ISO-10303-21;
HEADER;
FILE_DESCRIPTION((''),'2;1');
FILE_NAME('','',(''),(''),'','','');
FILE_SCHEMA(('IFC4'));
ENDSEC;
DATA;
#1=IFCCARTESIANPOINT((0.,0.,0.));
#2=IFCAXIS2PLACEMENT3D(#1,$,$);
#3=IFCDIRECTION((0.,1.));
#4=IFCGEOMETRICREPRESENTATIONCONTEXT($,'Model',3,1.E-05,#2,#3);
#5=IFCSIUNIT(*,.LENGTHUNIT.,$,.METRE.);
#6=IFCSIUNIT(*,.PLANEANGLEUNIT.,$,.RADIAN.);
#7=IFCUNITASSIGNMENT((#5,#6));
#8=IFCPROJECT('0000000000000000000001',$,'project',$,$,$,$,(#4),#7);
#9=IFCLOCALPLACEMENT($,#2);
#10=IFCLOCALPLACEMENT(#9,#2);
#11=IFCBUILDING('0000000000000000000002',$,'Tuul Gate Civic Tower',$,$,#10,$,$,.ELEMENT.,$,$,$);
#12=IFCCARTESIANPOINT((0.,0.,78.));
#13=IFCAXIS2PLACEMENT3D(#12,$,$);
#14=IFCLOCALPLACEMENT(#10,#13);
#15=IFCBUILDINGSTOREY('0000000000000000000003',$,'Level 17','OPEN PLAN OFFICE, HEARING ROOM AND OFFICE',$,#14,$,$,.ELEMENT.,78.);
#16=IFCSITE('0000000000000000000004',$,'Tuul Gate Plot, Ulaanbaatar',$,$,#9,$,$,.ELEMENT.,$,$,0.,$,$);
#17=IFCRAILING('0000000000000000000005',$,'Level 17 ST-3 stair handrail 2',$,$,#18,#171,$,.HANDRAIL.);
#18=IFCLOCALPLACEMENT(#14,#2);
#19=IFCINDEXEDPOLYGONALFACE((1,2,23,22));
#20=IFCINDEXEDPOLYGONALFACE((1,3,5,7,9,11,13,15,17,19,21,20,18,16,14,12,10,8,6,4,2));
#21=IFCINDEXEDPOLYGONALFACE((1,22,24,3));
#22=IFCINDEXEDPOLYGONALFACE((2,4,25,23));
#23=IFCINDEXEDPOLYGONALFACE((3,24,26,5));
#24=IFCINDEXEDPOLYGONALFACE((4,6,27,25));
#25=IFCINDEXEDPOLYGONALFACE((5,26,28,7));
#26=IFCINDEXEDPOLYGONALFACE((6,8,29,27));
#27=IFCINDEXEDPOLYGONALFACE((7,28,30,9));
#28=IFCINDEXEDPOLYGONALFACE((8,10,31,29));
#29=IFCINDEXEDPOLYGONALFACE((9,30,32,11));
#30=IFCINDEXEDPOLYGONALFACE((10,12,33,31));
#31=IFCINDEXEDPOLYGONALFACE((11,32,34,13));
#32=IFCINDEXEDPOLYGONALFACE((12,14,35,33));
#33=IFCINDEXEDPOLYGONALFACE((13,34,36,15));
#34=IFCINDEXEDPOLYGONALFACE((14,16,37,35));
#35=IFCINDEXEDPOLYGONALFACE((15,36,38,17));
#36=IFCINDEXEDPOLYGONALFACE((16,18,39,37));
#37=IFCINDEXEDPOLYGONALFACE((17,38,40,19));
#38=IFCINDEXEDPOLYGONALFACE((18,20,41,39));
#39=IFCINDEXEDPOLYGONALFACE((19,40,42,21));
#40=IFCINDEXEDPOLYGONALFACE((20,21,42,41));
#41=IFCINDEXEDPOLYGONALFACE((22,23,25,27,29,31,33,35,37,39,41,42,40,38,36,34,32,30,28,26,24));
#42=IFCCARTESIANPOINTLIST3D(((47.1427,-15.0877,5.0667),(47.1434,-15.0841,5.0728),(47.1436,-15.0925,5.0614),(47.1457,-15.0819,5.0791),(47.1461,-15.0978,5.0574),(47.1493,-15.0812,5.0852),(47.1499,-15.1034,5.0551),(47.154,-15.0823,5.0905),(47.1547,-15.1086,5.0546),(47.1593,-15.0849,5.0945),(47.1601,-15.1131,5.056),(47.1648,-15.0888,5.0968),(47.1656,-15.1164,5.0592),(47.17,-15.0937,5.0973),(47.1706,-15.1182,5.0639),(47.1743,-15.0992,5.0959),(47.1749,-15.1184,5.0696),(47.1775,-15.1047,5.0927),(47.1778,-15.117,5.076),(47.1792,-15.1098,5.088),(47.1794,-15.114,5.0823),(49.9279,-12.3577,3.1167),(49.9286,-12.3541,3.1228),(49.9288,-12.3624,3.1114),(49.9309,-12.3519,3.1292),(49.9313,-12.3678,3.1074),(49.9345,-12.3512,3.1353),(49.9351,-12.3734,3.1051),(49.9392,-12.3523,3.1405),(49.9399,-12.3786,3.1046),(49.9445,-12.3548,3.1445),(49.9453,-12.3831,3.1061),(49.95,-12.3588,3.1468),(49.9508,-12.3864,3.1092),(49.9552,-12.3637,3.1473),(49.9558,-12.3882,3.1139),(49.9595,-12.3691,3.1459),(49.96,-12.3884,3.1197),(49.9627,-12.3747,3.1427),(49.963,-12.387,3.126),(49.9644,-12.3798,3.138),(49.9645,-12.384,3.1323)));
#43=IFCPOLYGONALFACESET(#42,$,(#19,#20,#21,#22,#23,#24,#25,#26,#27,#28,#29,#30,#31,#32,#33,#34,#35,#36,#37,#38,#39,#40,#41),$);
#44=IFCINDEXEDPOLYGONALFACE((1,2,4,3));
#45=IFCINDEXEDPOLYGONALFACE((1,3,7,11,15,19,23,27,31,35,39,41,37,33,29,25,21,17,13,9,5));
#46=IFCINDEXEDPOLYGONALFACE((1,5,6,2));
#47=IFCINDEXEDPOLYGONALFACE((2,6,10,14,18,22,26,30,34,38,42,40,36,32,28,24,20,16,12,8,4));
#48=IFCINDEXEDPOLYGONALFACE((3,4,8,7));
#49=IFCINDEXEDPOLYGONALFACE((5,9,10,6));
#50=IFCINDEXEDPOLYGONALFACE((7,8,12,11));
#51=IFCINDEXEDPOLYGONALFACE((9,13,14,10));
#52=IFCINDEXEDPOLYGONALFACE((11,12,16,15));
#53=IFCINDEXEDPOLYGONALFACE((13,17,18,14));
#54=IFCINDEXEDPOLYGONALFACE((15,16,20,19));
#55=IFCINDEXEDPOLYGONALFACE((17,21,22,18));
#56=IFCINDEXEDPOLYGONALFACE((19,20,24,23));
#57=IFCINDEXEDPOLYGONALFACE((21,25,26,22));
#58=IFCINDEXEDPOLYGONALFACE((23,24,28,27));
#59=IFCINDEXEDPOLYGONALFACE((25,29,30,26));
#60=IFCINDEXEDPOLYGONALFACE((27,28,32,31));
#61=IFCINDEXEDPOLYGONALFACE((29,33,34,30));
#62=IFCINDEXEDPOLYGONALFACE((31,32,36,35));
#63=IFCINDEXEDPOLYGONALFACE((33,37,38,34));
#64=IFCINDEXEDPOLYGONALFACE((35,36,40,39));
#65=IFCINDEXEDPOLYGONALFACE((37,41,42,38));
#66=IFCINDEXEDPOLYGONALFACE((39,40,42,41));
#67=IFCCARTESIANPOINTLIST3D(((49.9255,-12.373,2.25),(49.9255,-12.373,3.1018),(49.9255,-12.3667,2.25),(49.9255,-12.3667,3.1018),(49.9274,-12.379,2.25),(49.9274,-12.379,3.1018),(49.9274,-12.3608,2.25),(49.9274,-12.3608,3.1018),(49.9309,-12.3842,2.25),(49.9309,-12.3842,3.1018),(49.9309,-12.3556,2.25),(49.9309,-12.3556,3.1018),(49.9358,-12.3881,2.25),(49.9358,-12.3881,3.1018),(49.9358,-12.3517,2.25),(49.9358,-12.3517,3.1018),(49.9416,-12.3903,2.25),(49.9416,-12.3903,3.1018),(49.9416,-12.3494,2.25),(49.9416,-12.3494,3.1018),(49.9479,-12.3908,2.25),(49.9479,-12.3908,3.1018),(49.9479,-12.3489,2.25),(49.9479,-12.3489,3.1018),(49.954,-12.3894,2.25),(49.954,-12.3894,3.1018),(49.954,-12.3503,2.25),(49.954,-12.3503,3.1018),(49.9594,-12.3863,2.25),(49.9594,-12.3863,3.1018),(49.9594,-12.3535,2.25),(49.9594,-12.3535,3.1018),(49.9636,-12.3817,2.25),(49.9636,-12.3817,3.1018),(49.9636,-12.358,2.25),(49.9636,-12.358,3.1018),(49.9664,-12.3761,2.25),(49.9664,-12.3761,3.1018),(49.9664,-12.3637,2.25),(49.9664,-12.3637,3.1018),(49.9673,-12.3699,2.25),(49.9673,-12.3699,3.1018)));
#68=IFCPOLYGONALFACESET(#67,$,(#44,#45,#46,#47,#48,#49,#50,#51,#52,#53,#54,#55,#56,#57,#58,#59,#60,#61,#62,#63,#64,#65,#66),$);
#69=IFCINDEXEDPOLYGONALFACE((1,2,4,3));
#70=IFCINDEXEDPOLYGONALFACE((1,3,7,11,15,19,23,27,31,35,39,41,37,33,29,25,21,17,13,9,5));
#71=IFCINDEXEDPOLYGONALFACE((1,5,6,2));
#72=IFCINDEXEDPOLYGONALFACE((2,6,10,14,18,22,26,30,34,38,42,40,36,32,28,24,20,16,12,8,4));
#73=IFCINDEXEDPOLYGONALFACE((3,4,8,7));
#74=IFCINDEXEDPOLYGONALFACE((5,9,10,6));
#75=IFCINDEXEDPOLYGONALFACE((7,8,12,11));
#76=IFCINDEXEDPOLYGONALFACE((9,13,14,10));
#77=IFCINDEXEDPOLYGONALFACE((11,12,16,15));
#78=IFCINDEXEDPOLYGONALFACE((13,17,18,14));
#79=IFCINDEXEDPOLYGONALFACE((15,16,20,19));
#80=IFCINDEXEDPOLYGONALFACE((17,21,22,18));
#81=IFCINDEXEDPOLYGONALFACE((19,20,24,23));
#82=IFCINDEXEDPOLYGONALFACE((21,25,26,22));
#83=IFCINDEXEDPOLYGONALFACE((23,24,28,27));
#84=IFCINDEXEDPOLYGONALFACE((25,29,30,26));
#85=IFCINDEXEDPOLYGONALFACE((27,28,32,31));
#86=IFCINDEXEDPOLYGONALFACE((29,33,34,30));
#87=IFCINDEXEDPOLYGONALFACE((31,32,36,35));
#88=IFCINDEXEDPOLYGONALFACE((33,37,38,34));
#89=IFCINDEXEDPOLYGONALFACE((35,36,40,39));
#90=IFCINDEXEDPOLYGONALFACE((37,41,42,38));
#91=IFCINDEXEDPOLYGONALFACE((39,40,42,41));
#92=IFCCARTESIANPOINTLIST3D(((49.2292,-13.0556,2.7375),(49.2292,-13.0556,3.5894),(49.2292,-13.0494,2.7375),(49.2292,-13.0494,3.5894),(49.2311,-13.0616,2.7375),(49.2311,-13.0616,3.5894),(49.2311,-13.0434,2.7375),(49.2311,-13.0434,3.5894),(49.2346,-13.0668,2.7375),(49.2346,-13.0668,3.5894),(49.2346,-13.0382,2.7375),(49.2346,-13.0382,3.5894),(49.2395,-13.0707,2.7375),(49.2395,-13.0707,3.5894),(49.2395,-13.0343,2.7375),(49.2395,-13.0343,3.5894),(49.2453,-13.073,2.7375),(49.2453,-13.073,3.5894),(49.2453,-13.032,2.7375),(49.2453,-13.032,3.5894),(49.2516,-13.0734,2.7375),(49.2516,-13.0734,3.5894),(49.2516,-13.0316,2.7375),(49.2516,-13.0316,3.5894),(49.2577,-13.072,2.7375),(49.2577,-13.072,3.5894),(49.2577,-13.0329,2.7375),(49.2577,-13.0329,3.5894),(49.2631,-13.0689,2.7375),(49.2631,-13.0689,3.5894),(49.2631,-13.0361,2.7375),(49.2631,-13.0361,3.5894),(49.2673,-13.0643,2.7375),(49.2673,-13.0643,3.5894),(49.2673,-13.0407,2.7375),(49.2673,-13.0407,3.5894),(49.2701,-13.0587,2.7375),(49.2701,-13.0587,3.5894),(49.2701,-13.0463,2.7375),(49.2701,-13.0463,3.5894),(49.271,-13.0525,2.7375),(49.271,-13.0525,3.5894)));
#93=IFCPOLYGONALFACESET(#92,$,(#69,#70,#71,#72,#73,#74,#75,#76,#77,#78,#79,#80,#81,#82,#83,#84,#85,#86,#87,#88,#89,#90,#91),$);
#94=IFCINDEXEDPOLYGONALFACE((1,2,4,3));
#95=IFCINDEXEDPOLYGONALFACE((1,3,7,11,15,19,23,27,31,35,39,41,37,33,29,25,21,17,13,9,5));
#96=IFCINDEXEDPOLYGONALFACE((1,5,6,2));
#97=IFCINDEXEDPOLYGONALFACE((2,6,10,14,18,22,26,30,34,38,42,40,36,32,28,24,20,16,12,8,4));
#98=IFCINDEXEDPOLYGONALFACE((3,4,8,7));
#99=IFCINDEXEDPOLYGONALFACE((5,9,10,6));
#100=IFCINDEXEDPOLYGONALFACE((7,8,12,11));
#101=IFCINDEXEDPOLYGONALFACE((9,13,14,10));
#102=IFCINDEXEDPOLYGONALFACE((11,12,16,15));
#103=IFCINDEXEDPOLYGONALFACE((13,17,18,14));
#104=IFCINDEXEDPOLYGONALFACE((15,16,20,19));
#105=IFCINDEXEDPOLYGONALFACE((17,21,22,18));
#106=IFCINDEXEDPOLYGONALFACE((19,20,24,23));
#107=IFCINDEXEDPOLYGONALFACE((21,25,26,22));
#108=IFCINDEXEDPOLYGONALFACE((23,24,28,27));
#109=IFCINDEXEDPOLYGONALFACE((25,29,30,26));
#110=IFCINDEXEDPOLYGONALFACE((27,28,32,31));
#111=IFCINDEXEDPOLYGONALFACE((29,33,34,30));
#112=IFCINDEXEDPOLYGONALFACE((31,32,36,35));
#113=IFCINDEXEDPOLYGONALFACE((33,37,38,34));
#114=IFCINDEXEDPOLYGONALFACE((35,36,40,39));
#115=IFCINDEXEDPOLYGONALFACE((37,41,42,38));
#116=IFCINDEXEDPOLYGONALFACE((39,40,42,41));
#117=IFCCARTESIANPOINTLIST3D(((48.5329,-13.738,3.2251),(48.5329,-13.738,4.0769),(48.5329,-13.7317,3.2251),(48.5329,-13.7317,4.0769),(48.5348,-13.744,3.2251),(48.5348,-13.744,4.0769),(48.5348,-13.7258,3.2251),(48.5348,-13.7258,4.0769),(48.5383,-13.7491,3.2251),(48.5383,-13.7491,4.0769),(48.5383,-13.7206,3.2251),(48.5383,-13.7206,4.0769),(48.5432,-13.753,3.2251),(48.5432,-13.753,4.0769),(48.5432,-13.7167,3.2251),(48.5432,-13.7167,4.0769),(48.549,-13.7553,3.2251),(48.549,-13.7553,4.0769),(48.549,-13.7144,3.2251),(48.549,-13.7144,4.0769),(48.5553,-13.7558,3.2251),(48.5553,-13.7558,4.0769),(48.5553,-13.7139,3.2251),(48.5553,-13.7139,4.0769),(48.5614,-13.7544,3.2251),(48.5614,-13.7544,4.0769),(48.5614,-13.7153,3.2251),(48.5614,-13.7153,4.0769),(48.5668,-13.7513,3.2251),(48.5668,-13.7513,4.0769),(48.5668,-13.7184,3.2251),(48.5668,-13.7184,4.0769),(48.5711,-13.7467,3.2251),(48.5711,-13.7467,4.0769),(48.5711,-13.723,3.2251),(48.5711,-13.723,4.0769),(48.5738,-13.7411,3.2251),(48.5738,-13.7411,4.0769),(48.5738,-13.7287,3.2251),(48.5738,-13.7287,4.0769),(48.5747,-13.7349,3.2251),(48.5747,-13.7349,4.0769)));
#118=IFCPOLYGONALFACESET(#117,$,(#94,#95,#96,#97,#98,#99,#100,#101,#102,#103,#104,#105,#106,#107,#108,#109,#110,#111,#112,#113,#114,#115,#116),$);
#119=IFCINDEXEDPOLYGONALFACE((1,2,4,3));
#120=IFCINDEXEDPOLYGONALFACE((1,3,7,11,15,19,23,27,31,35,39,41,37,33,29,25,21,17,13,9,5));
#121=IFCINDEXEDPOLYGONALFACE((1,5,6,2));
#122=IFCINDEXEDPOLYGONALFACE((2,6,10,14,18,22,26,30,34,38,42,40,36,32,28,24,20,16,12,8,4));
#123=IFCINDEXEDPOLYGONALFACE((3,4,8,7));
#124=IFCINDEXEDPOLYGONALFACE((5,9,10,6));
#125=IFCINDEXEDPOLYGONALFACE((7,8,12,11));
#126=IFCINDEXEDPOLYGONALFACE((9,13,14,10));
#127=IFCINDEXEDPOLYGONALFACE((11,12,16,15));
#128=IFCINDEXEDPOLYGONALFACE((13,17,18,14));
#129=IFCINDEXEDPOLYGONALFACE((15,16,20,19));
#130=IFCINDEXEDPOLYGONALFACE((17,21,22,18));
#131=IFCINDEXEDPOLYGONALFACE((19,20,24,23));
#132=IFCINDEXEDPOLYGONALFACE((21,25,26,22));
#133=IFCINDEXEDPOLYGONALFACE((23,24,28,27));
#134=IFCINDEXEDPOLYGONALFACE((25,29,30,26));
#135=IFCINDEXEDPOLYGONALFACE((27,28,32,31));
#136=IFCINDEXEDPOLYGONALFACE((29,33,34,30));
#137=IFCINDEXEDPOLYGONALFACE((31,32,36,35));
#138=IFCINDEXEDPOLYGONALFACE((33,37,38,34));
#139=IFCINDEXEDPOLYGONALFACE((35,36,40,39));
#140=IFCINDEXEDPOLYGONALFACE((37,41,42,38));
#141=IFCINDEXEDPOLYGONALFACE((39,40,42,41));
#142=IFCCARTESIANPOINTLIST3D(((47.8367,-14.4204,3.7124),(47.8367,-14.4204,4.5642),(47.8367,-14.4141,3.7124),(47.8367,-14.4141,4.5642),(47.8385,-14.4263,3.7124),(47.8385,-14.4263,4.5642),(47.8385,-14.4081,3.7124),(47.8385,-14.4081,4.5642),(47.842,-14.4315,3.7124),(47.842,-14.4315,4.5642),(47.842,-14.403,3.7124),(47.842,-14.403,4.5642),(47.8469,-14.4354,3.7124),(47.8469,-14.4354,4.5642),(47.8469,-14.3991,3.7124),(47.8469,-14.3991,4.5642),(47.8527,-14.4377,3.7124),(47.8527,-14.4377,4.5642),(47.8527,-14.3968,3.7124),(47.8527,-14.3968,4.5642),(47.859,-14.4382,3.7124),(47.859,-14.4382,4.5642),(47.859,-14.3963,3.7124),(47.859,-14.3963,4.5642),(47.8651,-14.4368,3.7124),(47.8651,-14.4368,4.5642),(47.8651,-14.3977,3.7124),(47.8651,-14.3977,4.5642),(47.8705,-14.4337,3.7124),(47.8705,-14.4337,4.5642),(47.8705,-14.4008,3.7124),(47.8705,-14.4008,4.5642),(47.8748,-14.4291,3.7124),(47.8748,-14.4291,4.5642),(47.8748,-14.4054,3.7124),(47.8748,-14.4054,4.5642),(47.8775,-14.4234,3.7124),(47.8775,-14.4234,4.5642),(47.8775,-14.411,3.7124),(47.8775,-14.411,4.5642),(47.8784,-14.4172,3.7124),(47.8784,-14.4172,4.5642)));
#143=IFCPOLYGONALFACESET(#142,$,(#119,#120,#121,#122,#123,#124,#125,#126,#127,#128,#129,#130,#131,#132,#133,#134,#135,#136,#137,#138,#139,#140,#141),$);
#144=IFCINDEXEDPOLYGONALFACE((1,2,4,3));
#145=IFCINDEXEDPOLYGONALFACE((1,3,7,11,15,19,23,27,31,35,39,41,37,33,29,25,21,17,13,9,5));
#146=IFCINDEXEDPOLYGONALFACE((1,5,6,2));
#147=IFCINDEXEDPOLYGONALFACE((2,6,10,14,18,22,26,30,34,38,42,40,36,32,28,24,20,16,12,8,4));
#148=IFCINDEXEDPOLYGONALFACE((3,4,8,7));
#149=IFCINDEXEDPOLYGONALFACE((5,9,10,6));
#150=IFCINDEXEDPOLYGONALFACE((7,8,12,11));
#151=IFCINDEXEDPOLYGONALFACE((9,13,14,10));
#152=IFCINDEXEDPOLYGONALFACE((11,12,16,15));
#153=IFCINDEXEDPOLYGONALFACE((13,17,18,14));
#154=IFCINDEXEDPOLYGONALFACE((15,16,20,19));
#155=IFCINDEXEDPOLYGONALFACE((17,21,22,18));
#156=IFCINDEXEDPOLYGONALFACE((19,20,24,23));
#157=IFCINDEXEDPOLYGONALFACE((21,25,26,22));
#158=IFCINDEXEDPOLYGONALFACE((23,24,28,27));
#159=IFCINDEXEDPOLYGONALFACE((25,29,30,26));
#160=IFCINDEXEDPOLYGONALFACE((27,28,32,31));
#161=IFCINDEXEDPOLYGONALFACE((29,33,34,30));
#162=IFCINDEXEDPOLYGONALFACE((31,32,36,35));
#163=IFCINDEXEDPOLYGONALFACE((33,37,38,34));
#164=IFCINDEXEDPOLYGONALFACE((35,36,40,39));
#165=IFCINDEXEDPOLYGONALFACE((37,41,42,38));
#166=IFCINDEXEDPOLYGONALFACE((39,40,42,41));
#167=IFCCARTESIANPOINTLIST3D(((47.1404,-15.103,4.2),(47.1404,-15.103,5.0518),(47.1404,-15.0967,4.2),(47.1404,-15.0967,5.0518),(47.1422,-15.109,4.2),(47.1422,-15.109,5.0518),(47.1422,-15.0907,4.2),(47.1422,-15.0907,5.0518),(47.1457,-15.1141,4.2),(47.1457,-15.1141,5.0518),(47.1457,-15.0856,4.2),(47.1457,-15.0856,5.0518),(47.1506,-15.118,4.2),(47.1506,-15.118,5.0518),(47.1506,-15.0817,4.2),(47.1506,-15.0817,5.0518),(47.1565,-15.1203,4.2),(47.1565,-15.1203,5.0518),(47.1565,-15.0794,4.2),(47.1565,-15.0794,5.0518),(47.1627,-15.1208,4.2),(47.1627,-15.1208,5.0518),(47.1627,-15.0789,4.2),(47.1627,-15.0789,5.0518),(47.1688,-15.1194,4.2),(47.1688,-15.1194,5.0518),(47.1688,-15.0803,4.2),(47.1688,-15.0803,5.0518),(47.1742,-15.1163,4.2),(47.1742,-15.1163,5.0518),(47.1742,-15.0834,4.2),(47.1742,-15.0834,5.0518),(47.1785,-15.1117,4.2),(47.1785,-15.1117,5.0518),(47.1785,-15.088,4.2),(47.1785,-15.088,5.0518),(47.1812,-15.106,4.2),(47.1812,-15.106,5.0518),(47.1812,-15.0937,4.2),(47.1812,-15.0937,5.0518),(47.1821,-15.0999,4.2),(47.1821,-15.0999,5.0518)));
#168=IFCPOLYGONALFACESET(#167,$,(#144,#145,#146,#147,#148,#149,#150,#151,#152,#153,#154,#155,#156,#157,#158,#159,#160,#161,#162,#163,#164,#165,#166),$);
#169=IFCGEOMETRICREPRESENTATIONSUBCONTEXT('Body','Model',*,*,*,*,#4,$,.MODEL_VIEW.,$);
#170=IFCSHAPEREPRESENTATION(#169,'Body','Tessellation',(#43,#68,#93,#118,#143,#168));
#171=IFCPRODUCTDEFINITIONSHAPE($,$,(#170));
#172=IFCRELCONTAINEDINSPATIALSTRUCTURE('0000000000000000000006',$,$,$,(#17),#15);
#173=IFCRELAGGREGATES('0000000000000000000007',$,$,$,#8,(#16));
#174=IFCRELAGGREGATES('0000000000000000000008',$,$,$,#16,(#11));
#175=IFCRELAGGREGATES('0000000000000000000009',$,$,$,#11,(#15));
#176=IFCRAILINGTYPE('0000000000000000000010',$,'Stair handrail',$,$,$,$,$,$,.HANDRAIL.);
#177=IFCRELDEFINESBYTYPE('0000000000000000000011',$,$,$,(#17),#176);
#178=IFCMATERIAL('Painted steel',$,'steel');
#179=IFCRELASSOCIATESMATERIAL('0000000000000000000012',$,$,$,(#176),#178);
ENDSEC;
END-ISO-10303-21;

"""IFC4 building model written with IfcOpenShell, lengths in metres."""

from ifc_helpers import new_model, si_unit, direction, frame, origin, origin_2d, place, context, subcontext, project, spatial, circle, extrude, material, type_object, element, save


model = new_model("IFC4")

# Units and contexts
model_context = context("Model", 3, precision=1e-05, world=origin(), true_north=direction((0.0, 1.0)))
body_context = subcontext(model_context, "Body", "Model", "MODEL_VIEW")
ifc_project = project(units=[si_unit("LENGTHUNIT", "METRE"), si_unit("PLANEANGLEUNIT", "RADIAN")], contexts=[model_context])

# Site, building, storey
site_placement = place(None, origin())
site = spatial("IfcSite", under=ifc_project, at=site_placement, Name="Tuul Gate Plot, Ulaanbaatar", CompositionType="ELEMENT", RefElevation=0.0)
building_placement = place(site_placement, origin())
building = spatial("IfcBuilding", under=site, at=building_placement, Name="Tuul Gate Civic Tower", CompositionType="ELEMENT")
storey_placement = place(building_placement, frame((0.0, 0.0, 78.0)))
storey = spatial("IfcBuildingStorey", under=building, at=storey_placement, Name="Level 17", Description="OPEN PLAN OFFICE, HEARING ROOM AND OFFICE", CompositionType="ELEMENT", Elevation=78.0)

# Railing
ifc_material_1 = material(Name="Painted steel", Category="steel")
railing_type = type_object("IfcRailingType", Name="Stair handrail", PredefinedType="HANDRAIL", material=ifc_material_1)
railing_placement = place(storey_placement, frame((49.9463, -12.3699, 2.25)))
element("IfcRailing", 1, at=railing_placement, inside=storey, type_object=railing_type, Name="Level 17 ST-3 stair handrail 2", PredefinedType="HANDRAIL", context=body_context, shape_type="SweptSolid", body=[
    extrude(circle(Radius=0.0239, at=origin_2d()), frame((0.0, 0.0, 0.876), z_axis=(-0.638754, -0.6261, 0.447206), x_axis=(0.699998, -0.714145, 0.0)), (0.0, 0.0, 1.0), 4.3604),
    extrude(circle(Radius=0.021, at=origin_2d()), origin(), (0.0, 0.0, 1.0), 0.8518),
    extrude(circle(Radius=0.021, at=origin_2d()), frame((-0.6963, -0.6826, 0.4875)), (0.0, 0.0, 1.0), 0.8518),
    extrude(circle(Radius=0.021, at=origin_2d()), frame((-1.3926, -1.365, 0.9751)), (0.0, 0.0, 1.0), 0.8518),
    extrude(circle(Radius=0.021, at=origin_2d()), frame((-2.0889, -2.0474, 1.4624)), (0.0, 0.0, 1.0), 0.8518),
    extrude(circle(Radius=0.021, at=origin_2d()), frame((-2.7852, -2.73, 1.95)), (0.0, 0.0, 1.0), 0.8518),
])

save(model, "model.ifc")
